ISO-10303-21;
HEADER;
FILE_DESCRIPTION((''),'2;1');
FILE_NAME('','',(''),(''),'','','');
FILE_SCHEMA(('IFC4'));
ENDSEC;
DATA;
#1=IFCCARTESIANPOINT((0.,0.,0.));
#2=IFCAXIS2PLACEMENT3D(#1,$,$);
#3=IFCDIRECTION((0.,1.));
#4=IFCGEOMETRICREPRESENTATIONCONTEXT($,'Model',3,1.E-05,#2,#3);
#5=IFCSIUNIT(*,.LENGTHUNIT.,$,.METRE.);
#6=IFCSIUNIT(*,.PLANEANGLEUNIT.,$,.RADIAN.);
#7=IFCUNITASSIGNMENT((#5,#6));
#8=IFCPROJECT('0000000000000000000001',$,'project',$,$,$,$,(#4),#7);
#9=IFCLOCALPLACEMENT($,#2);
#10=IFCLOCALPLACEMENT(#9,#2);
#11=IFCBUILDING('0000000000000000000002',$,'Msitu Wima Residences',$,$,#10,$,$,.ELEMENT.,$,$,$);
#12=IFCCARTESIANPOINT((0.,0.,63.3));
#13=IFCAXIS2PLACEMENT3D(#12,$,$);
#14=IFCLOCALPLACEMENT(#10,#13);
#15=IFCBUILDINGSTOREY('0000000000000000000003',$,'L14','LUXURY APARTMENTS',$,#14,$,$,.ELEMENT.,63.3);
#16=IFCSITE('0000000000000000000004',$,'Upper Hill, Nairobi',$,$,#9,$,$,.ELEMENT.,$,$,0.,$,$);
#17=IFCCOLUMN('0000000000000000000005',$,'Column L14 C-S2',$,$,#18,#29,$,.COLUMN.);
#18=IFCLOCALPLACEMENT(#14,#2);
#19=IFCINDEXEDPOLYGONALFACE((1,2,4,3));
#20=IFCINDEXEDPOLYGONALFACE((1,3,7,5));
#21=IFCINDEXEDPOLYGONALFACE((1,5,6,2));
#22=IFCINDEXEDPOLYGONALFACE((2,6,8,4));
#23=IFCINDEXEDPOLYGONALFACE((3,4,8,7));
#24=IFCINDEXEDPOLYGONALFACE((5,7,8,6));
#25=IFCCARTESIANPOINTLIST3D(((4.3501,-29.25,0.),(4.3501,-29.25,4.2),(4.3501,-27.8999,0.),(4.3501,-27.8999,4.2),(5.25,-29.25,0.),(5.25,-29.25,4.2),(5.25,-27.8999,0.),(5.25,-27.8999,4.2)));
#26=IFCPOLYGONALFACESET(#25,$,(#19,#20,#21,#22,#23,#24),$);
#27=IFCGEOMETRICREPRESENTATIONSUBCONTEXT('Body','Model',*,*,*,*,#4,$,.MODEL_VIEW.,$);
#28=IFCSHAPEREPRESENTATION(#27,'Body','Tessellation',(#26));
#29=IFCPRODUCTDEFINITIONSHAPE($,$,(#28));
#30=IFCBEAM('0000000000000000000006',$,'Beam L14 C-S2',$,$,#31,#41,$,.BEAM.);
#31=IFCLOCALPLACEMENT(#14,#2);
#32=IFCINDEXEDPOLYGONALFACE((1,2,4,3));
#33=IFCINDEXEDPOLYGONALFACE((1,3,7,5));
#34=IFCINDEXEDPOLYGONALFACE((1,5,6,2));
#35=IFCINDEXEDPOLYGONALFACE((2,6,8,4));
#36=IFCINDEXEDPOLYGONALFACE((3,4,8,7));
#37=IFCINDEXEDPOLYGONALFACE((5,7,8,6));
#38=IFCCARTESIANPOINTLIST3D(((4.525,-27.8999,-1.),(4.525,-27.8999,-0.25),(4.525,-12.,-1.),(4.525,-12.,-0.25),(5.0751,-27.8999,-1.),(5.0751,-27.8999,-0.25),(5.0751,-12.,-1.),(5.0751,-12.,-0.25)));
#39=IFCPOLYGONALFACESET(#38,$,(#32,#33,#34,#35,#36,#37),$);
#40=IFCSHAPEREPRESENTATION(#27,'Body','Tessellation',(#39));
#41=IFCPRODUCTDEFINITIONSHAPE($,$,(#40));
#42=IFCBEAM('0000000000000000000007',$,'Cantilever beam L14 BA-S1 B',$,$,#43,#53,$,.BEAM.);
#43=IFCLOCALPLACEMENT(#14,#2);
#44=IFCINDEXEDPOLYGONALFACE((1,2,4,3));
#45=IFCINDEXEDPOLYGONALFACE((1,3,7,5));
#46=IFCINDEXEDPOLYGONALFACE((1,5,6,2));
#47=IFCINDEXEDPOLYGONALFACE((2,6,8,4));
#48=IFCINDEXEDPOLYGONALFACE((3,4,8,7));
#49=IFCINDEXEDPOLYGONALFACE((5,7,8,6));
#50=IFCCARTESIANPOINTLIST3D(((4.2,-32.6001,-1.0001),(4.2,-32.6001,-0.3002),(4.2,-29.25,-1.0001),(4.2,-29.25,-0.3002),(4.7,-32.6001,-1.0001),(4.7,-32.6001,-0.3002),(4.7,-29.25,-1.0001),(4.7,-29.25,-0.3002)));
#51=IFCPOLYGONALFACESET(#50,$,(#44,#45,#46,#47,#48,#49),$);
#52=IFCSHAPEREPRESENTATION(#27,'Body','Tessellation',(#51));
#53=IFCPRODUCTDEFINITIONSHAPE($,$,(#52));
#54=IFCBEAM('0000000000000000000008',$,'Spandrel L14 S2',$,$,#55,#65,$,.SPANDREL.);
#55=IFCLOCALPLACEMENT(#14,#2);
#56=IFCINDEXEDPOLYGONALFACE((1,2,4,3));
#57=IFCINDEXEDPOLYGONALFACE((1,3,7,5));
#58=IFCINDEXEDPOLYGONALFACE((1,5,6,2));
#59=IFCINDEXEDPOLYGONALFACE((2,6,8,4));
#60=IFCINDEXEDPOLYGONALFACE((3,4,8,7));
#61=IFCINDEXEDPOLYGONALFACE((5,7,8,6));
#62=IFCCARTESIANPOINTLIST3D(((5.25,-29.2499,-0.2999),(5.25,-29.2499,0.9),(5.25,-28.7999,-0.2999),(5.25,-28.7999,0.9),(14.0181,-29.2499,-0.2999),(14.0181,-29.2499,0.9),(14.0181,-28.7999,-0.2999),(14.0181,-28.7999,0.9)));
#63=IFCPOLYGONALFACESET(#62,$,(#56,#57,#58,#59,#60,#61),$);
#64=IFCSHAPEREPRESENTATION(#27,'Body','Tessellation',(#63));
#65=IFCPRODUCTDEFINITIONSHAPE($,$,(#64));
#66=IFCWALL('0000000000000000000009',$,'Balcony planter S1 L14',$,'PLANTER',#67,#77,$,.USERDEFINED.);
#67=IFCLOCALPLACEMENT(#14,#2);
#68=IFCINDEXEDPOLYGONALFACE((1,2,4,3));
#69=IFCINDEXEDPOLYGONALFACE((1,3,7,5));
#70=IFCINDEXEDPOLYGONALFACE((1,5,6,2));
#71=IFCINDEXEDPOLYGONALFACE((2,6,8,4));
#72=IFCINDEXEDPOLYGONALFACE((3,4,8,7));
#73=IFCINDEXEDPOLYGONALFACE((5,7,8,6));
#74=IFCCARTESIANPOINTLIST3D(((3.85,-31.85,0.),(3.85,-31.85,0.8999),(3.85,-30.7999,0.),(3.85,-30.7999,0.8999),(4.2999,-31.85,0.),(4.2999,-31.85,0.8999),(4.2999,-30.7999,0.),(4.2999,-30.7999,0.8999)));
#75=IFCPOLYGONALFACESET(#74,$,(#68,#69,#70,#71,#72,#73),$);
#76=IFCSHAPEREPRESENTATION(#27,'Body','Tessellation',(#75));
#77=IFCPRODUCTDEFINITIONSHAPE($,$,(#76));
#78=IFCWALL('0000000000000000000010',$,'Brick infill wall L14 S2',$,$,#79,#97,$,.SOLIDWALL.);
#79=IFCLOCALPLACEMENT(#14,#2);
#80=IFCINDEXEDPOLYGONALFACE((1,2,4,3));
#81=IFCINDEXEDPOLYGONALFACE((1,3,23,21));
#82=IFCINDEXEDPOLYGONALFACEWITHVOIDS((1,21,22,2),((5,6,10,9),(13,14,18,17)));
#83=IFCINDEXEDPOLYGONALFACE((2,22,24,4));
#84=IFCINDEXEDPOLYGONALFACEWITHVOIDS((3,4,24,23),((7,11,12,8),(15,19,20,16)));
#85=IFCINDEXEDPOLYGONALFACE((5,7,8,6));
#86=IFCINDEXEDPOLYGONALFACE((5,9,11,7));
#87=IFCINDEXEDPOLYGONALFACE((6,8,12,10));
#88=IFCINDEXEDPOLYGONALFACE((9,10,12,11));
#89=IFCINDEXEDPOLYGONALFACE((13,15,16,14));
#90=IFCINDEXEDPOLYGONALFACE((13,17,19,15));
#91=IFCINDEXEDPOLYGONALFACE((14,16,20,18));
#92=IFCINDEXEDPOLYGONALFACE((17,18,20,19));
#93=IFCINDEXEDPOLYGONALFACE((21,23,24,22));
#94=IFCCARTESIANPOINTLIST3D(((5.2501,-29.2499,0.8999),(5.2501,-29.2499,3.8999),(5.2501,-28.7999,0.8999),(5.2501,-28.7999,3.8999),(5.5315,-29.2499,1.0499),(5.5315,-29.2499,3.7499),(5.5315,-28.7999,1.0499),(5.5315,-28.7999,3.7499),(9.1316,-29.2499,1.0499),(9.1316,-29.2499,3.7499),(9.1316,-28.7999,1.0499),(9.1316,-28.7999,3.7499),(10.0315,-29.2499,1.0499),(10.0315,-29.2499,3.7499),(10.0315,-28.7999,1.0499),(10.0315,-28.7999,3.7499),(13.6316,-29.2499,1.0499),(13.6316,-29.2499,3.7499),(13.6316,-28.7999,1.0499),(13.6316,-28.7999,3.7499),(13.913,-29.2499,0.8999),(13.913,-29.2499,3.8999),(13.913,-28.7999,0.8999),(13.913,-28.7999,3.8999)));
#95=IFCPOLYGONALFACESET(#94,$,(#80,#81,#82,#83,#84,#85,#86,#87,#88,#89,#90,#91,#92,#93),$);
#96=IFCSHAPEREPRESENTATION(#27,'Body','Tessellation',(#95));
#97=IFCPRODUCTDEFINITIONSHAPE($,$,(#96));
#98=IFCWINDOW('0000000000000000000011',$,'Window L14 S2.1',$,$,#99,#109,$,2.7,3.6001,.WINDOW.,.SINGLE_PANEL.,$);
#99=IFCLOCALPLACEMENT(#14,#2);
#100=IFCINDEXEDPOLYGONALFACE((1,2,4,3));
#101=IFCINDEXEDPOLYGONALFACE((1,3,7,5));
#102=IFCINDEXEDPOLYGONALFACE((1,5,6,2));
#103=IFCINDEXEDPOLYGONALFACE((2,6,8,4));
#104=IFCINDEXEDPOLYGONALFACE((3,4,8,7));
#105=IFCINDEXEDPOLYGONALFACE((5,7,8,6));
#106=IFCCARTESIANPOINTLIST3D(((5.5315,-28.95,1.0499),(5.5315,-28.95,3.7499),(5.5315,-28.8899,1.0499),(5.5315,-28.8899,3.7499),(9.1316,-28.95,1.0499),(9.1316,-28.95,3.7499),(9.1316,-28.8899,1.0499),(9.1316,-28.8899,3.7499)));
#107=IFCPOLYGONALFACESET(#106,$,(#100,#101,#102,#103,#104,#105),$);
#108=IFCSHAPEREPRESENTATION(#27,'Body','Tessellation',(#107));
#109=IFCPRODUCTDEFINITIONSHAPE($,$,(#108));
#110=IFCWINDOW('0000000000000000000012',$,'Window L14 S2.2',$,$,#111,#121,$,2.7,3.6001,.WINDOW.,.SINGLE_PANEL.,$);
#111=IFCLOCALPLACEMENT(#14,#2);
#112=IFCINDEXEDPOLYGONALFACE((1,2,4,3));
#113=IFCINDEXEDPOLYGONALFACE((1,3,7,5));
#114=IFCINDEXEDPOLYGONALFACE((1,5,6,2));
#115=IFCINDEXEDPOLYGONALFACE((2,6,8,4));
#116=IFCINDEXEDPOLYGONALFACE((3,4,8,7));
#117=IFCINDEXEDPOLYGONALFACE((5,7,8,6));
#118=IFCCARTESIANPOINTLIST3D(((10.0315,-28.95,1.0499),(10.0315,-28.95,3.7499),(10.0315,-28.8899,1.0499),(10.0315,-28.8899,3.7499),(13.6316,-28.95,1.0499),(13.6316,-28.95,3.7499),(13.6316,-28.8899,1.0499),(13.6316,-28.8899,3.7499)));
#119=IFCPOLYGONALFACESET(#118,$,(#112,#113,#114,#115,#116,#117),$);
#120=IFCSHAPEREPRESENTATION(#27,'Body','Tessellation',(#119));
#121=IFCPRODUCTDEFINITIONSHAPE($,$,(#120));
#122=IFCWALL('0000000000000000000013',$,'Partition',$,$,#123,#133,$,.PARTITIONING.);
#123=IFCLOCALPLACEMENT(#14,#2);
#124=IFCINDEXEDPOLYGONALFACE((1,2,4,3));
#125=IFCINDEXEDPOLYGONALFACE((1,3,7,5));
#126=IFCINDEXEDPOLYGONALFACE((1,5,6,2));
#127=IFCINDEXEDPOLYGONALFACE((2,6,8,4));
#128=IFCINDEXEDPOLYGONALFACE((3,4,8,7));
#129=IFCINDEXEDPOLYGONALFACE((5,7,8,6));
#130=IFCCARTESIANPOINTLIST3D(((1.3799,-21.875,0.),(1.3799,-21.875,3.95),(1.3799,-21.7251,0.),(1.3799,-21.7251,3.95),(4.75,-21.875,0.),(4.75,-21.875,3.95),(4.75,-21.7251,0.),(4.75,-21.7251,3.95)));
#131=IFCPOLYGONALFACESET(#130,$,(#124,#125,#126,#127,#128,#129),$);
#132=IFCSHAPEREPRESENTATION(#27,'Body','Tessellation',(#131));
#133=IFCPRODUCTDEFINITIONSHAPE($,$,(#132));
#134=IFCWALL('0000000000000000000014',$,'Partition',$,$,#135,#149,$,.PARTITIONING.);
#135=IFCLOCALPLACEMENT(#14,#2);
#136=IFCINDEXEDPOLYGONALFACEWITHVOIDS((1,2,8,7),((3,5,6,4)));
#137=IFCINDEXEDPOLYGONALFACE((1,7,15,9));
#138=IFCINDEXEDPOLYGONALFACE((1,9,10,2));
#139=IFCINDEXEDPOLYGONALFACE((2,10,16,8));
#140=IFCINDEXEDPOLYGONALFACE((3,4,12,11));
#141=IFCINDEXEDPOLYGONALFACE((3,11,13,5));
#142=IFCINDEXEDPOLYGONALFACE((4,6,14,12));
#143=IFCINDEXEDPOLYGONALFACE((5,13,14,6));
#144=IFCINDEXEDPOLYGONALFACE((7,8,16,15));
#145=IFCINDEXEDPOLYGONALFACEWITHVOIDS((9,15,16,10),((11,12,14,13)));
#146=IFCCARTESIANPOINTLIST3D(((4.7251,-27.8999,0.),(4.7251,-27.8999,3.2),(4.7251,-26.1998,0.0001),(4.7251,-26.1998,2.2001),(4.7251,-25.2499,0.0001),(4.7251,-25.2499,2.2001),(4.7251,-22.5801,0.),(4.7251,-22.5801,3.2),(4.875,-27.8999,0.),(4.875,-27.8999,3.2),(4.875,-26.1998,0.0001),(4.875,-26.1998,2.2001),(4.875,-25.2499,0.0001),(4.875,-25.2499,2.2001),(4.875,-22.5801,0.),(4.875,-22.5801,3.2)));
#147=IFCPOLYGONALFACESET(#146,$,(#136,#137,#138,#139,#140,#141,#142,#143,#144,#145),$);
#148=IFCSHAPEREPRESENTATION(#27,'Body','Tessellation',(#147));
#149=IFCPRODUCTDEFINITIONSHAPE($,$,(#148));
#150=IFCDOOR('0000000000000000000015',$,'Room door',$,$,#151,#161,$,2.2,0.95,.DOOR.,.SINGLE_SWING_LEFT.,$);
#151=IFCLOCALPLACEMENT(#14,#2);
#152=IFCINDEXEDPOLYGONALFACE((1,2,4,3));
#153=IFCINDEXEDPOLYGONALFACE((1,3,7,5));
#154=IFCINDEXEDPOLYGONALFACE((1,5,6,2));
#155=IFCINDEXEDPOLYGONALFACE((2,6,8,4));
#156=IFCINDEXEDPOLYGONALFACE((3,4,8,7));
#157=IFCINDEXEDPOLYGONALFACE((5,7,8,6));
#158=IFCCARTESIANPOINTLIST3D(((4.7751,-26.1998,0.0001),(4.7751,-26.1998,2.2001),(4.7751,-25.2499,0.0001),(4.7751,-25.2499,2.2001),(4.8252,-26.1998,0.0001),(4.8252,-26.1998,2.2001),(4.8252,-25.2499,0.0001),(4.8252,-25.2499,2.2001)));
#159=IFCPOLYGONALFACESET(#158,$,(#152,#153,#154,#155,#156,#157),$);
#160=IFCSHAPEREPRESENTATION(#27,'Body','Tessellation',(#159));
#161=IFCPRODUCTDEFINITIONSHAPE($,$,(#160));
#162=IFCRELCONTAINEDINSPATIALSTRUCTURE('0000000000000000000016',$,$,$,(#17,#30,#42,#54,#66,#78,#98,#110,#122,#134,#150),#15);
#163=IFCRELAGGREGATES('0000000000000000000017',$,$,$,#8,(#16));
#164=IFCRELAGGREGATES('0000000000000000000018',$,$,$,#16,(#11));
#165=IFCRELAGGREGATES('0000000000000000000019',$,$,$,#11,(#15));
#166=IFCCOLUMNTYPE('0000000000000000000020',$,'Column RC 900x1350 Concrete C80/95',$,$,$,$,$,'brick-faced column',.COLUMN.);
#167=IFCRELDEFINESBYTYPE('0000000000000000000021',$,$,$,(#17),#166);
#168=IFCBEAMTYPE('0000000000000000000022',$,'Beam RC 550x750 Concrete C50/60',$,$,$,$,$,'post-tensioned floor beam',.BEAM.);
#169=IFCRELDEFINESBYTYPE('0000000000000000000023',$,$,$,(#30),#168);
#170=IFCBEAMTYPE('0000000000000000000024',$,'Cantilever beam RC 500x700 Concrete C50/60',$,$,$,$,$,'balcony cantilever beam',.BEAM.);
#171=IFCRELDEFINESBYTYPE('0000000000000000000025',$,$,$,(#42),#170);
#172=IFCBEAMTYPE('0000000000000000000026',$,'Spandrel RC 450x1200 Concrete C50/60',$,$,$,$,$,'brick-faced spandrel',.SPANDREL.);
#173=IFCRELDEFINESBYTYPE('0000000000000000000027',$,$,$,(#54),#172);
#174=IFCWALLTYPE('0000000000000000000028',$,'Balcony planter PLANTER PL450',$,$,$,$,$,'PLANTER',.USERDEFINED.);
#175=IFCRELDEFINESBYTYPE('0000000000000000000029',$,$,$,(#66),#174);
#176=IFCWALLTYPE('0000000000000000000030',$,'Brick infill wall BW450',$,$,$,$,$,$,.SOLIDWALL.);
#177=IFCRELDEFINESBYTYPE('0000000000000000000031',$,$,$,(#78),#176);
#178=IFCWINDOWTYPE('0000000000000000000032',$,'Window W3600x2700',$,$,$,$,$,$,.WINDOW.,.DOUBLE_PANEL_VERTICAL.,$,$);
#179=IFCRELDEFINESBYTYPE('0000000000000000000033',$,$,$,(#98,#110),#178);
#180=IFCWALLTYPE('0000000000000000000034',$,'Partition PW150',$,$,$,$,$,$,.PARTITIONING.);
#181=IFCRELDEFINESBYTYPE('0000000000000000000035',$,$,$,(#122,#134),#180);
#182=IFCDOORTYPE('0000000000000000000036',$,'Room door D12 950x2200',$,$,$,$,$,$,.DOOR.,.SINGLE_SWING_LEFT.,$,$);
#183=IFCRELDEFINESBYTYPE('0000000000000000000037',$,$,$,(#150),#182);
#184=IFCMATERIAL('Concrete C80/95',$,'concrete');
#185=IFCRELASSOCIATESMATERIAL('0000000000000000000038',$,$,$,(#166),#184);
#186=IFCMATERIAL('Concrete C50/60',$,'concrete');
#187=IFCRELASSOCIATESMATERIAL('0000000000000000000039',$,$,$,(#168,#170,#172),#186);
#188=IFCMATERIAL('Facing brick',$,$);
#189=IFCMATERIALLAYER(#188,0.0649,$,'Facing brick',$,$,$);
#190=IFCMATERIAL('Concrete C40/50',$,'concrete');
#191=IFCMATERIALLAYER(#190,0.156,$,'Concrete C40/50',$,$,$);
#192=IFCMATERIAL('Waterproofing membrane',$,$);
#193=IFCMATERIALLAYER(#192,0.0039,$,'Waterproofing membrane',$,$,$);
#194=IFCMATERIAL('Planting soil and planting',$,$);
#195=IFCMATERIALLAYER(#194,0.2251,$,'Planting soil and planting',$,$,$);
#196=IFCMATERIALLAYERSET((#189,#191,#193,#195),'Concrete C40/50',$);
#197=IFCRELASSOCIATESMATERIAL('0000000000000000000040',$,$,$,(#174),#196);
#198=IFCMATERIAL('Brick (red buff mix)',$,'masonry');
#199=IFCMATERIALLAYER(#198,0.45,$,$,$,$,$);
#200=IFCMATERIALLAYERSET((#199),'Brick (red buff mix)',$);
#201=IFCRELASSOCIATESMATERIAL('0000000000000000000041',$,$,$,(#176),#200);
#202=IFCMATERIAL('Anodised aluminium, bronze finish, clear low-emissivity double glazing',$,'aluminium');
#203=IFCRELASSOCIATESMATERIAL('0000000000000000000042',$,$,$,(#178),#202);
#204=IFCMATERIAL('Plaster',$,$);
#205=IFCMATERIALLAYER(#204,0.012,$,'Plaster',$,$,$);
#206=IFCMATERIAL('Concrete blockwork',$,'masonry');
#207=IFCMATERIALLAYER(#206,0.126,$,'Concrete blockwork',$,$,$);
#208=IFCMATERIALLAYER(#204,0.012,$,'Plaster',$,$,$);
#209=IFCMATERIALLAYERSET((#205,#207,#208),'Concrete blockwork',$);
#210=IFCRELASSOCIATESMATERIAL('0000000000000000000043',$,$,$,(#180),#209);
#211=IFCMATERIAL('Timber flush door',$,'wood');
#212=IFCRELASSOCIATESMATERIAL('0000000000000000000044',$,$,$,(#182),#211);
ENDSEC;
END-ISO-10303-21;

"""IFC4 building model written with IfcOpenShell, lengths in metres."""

from ifc_helpers import new_model, si_unit, direction, frame, frame_2d, origin, origin_2d, place, context, subcontext, project, spatial, rectangle, extrude, material, layer, layer_set, material_profile, profile_set, type_object, element, fill, save


model = new_model("IFC4")

# Units and contexts
model_context = context("Model", 3, precision=1e-05, world=origin(), true_north=direction((0.0, 1.0)))
body_context = subcontext(model_context, "Body", "Model", "MODEL_VIEW")
ifc_project = project(units=[si_unit("LENGTHUNIT", "METRE"), si_unit("PLANEANGLEUNIT", "RADIAN")], contexts=[model_context])

# Site, building, storey
site_placement = place(None, origin())
site = spatial("IfcSite", under=ifc_project, at=site_placement, Name="Upper Hill, Nairobi", CompositionType="ELEMENT", RefElevation=0.0)
building_placement = place(site_placement, origin())
building = spatial("IfcBuilding", under=site, at=building_placement, Name="Msitu Wima Residences", CompositionType="ELEMENT")
storey_placement = place(building_placement, frame((0.0, 0.0, 63.3)))
storey = spatial("IfcBuildingStorey", under=building, at=storey_placement, Name="L14", Description="LUXURY APARTMENTS", CompositionType="ELEMENT", Elevation=63.3)

# Column
ifc_material_1 = material(Name="Concrete C80/95", Category="concrete")
ifc_material_profile_1 = material_profile(ifc_material_1, rectangle(XDim=0.8999, YDim=1.3501, at=origin_2d()), Name="RC 900x1350")
ifc_profile_set_1 = profile_set([ifc_material_profile_1], Name="Concrete C80/95")
column_type = type_object("IfcColumnType", Name="Column RC 900x1350 Concrete C80/95", ElementType="brick-faced column", PredefinedType="COLUMN", material=ifc_profile_set_1)
column_placement = place(storey_placement, frame((4.8, -28.575, 0.0), z_axis=(0.0, 0.0, 1.0), x_axis=(1.0, 0.0, 0.0)))
element("IfcColumn", 1, at=column_placement, inside=storey, type_object=column_type, Name="Column L14 C-S2", PredefinedType="COLUMN", context=body_context, shape_type="SweptSolid", body=[
    extrude(rectangle(XDim=0.8999, YDim=1.3501, at=origin_2d()), origin(), (0.0, 0.0, 1.0), 4.2),
])

# Beams
ifc_material_2 = material(Name="Concrete C50/60", Category="concrete")
ifc_material_profile_2 = material_profile(ifc_material_2, rectangle(XDim=0.55, YDim=0.75, at=origin_2d()), Name="RC 550x750")
ifc_profile_set_2 = profile_set([ifc_material_profile_2], Name="Concrete C50/60")
beam_type_1 = type_object("IfcBeamType", Name="Beam RC 550x750 Concrete C50/60", ElementType="post-tensioned floor beam", PredefinedType="BEAM", material=ifc_profile_set_2)
beam_1_placement = place(storey_placement, frame((4.8, -27.8999, -0.625), z_axis=(0.0, 1.0, 0.0), x_axis=(-1.0, 0.0, 0.0)))
element("IfcBeam", 2, at=beam_1_placement, inside=storey, type_object=beam_type_1, Name="Beam L14 C-S2", PredefinedType="BEAM", context=body_context, shape_type="SweptSolid", body=[
    extrude(rectangle(XDim=0.55, YDim=0.75, at=origin_2d()), origin(), (0.0, 0.0, 1.0), 15.8999),
])
ifc_material_profile_3 = material_profile(ifc_material_2, rectangle(XDim=0.5, YDim=0.7, at=origin_2d()), Name="RC 500x700")
ifc_profile_set_3 = profile_set([ifc_material_profile_3], Name="Concrete C50/60")
beam_type_2 = type_object("IfcBeamType", Name="Cantilever beam RC 500x700 Concrete C50/60", ElementType="balcony cantilever beam", PredefinedType="BEAM", material=ifc_profile_set_3)
beam_2_placement = place(storey_placement, frame((4.45, -29.25, -0.6501), z_axis=(0.0, -1.0, 0.0), x_axis=(1.0, 0.0, 0.0)))
element("IfcBeam", 3, at=beam_2_placement, inside=storey, type_object=beam_type_2, Name="Cantilever beam L14 BA-S1 B", PredefinedType="BEAM", context=body_context, shape_type="SweptSolid", body=[
    extrude(rectangle(XDim=0.5, YDim=0.7, at=origin_2d()), origin(), (0.0, 0.0, 1.0), 3.3501),
])
ifc_material_profile_4 = material_profile(ifc_material_2, rectangle(XDim=0.45, YDim=1.2, at=origin_2d()), Name="RC 450x1200")
ifc_profile_set_4 = profile_set([ifc_material_profile_4], Name="Concrete C50/60")
beam_type_3 = type_object("IfcBeamType", Name="Spandrel RC 450x1200 Concrete C50/60", ElementType="brick-faced spandrel", PredefinedType="SPANDREL", material=ifc_profile_set_4)
beam_3_placement = place(storey_placement, frame((5.25, -29.0249, 0.3), z_axis=(1.0, 0.0, 0.0), x_axis=(0.0, 1.0, 0.0)))
element("IfcBeam", 4, at=beam_3_placement, inside=storey, type_object=beam_type_3, Name="Spandrel L14 S2", PredefinedType="SPANDREL", context=body_context, shape_type="SweptSolid", body=[
    extrude(rectangle(XDim=0.45, YDim=1.2, at=origin_2d()), origin(), (0.0, 0.0, 1.0), 8.7681),
])

# Wall
ifc_material_3 = material(Name="Facing brick")
ifc_layer_1 = layer(ifc_material_3, 0.0649, Name="Facing brick")
ifc_material_4 = material(Name="Concrete C40/50", Category="concrete")
ifc_layer_2 = layer(ifc_material_4, 0.156, Name="Concrete C40/50")
ifc_material_5 = material(Name="Waterproofing membrane")
ifc_layer_3 = layer(ifc_material_5, 0.0039, Name="Waterproofing membrane")
ifc_material_6 = material(Name="Planting soil and planting")
ifc_layer_4 = layer(ifc_material_6, 0.2251, Name="Planting soil and planting")
ifc_layer_set_1 = layer_set([ifc_layer_1, ifc_layer_2, ifc_layer_3, ifc_layer_4], Name="Concrete C40/50")
wall_type_1 = type_object("IfcWallType", Name="Balcony planter PLANTER PL450", ElementType="PLANTER", PredefinedType="USERDEFINED", material=ifc_layer_set_1)
wall_1_placement = place(storey_placement, frame((4.075, -30.8, 0.0), z_axis=(0.0, 0.0, 1.0), x_axis=(0.0, -1.0, 0.0)))
element("IfcWall", 5, at=wall_1_placement, inside=storey, type_object=wall_type_1, Name="Balcony planter S1 L14", ObjectType="PLANTER", PredefinedType="USERDEFINED", context=body_context, shape_type="SweptSolid", body=[
    extrude(rectangle(XDim=1.05, YDim=0.45, at=frame_2d((0.5249, 0.0))), origin(), (0.0, 0.0, 1.0), 0.8999),
])

# Wall, openings, windows
ifc_material_7 = material(Name="Brick (red buff mix)", Category="masonry")
ifc_layer_5 = layer(ifc_material_7, 0.45)
ifc_layer_set_2 = layer_set([ifc_layer_5], Name="Brick (red buff mix)")
wall_type_2 = type_object("IfcWallType", Name="Brick infill wall BW450", PredefinedType="SOLIDWALL", material=ifc_layer_set_2)
wall_2_placement = place(storey_placement, frame((5.25, -29.0249, 0.8999), z_axis=(0.0, 0.0, 1.0), x_axis=(1.0, 0.0, 0.0)))
wall_2 = element("IfcWall", 6, at=wall_2_placement, inside=storey, type_object=wall_type_2, Name="Brick infill wall L14 S2", PredefinedType="SOLIDWALL", context=body_context, shape_type="SweptSolid", body=[
    extrude(rectangle(XDim=8.6628, YDim=0.45, at=frame_2d((4.3315, 0.0))), origin(), (0.0, 0.0, 1.0), 3.0),
])
opening_1_placement = place(wall_2_placement, frame((0.2815, 0.0, 0.1499)))
opening_1 = element("IfcOpeningElement", 7, at=opening_1_placement, cuts=wall_2, PredefinedType="OPENING", context=body_context, shape_type="SweptSolid", body=[
    extrude(rectangle(XDim=3.6001, YDim=2.7, at=frame_2d((1.8, 1.3501))), frame((0.0, 0.2349, 0.0), z_axis=(0.0, -1.0, 0.0), x_axis=(1.0, 0.0, 0.0)), (0.0, 0.0, 1.0), 0.47),
])
opening_2_placement = place(wall_2_placement, frame((4.7815, 0.0, 0.1499)))
opening_2 = element("IfcOpeningElement", 8, at=opening_2_placement, cuts=wall_2, PredefinedType="OPENING", context=body_context, shape_type="SweptSolid", body=[
    extrude(rectangle(XDim=3.6001, YDim=2.7, at=frame_2d((1.8, 1.3501))), frame((0.0, 0.2349, 0.0), z_axis=(0.0, -1.0, 0.0), x_axis=(1.0, 0.0, 0.0)), (0.0, 0.0, 1.0), 0.47),
])
ifc_material_8 = material(Name="Anodised aluminium, bronze finish, clear low-emissivity double glazing", Category="aluminium")
window_type = type_object("IfcWindowType", Name="Window W3600x2700", PartitioningType="DOUBLE_PANEL_VERTICAL", PredefinedType="WINDOW", material=ifc_material_8)
window_1_placement = place(opening_1_placement, origin())
window_1 = element("IfcWindow", 9, at=window_1_placement, inside=storey, type_object=window_type, Name="Window L14 S2.1", OverallHeight=2.7, OverallWidth=3.6001, PartitioningType="SINGLE_PANEL", PredefinedType="WINDOW", context=body_context, shape_type="SweptSolid", body=[
    extrude(rectangle(XDim=3.6001, YDim=2.7, at=frame_2d((1.8, 1.3501))), frame((0.0, 0.135, 0.0), z_axis=(0.0, -1.0, 0.0), x_axis=(1.0, 0.0, 0.0)), (0.0, 0.0, 1.0), 0.0601),
])
fill(opening_1, window_1)
window_2_placement = place(opening_2_placement, origin())
window_2 = element("IfcWindow", 10, at=window_2_placement, inside=storey, type_object=window_type, Name="Window L14 S2.2", OverallHeight=2.7, OverallWidth=3.6001, PartitioningType="SINGLE_PANEL", PredefinedType="WINDOW", context=body_context, shape_type="SweptSolid", body=[
    extrude(rectangle(XDim=3.6001, YDim=2.7, at=frame_2d((1.8, 1.3501))), frame((0.0, 0.135, 0.0), z_axis=(0.0, -1.0, 0.0), x_axis=(1.0, 0.0, 0.0)), (0.0, 0.0, 1.0), 0.0601),
])
fill(opening_2, window_2)

# Wall
ifc_material_9 = material(Name="Plaster")
ifc_layer_6 = layer(ifc_material_9, 0.012, Name="Plaster")
ifc_material_10 = material(Name="Concrete blockwork", Category="masonry")
ifc_layer_7 = layer(ifc_material_10, 0.126, Name="Concrete blockwork")
ifc_layer_8 = layer(ifc_material_9, 0.012, Name="Plaster")
ifc_layer_set_3 = layer_set([ifc_layer_6, ifc_layer_7, ifc_layer_8], Name="Concrete blockwork")
wall_type_3 = type_object("IfcWallType", Name="Partition PW150", PredefinedType="PARTITIONING", material=ifc_layer_set_3)
wall_3_placement = place(storey_placement, frame((1.3799, -21.8, 0.0), z_axis=(0.0, 0.0, 1.0), x_axis=(1.0, 0.0, 0.0)))
element("IfcWall", 11, at=wall_3_placement, inside=storey, type_object=wall_type_3, Name="Partition", PredefinedType="PARTITIONING", context=body_context, shape_type="SweptSolid", body=[
    extrude(rectangle(XDim=3.3701, YDim=0.1499, at=frame_2d((1.6851, 0.0))), origin(), (0.0, 0.0, 1.0), 3.95),
])

# Wall, opening, door
wall_4_placement = place(storey_placement, frame((4.8, -27.8999, 0.0), z_axis=(0.0, 0.0, 1.0), x_axis=(0.0, 1.0, 0.0)))
wall_4 = element("IfcWall", 12, at=wall_4_placement, inside=storey, type_object=wall_type_3, Name="Partition", PredefinedType="PARTITIONING", context=body_context, shape_type="SweptSolid", body=[
    extrude(rectangle(XDim=5.3198, YDim=0.1499, at=frame_2d((2.6599, 0.0))), origin(), (0.0, 0.0, 1.0), 3.2),
])
opening_3_placement = place(wall_4_placement, frame((1.7, 0.0, 0.0)))
opening_3 = element("IfcOpeningElement", 13, at=opening_3_placement, cuts=wall_4, PredefinedType="OPENING", context=body_context, shape_type="SweptSolid", body=[
    extrude(rectangle(XDim=0.95, YDim=2.2, at=frame_2d((0.4751, 1.1001))), frame((0.0, 0.085, 0.0), z_axis=(0.0, -1.0, 0.0), x_axis=(1.0, 0.0, 0.0)), (0.0, 0.0, 1.0), 0.1699),
])
ifc_material_11 = material(Name="Timber flush door", Category="wood")
door_type_1 = type_object("IfcDoorType", Name="Room door D12 950x2200", OperationType="SINGLE_SWING_LEFT", PredefinedType="DOOR", material=ifc_material_11)
door_1_placement = place(opening_3_placement, origin())
door_1 = element("IfcDoor", 14, at=door_1_placement, inside=storey, type_object=door_type_1, Name="Room door", OperationType="SINGLE_SWING_LEFT", OverallHeight=2.2, OverallWidth=0.95, PredefinedType="DOOR", context=body_context, shape_type="SweptSolid", body=[
    extrude(rectangle(XDim=0.95, YDim=2.2, at=frame_2d((0.4751, 1.1001))), frame((0.0, 0.0249, 0.0), z_axis=(0.0, -1.0, 0.0), x_axis=(1.0, 0.0, 0.0)), (0.0, 0.0, 1.0), 0.05),
])
fill(opening_3, door_1)

save(model, "model.ifc")
